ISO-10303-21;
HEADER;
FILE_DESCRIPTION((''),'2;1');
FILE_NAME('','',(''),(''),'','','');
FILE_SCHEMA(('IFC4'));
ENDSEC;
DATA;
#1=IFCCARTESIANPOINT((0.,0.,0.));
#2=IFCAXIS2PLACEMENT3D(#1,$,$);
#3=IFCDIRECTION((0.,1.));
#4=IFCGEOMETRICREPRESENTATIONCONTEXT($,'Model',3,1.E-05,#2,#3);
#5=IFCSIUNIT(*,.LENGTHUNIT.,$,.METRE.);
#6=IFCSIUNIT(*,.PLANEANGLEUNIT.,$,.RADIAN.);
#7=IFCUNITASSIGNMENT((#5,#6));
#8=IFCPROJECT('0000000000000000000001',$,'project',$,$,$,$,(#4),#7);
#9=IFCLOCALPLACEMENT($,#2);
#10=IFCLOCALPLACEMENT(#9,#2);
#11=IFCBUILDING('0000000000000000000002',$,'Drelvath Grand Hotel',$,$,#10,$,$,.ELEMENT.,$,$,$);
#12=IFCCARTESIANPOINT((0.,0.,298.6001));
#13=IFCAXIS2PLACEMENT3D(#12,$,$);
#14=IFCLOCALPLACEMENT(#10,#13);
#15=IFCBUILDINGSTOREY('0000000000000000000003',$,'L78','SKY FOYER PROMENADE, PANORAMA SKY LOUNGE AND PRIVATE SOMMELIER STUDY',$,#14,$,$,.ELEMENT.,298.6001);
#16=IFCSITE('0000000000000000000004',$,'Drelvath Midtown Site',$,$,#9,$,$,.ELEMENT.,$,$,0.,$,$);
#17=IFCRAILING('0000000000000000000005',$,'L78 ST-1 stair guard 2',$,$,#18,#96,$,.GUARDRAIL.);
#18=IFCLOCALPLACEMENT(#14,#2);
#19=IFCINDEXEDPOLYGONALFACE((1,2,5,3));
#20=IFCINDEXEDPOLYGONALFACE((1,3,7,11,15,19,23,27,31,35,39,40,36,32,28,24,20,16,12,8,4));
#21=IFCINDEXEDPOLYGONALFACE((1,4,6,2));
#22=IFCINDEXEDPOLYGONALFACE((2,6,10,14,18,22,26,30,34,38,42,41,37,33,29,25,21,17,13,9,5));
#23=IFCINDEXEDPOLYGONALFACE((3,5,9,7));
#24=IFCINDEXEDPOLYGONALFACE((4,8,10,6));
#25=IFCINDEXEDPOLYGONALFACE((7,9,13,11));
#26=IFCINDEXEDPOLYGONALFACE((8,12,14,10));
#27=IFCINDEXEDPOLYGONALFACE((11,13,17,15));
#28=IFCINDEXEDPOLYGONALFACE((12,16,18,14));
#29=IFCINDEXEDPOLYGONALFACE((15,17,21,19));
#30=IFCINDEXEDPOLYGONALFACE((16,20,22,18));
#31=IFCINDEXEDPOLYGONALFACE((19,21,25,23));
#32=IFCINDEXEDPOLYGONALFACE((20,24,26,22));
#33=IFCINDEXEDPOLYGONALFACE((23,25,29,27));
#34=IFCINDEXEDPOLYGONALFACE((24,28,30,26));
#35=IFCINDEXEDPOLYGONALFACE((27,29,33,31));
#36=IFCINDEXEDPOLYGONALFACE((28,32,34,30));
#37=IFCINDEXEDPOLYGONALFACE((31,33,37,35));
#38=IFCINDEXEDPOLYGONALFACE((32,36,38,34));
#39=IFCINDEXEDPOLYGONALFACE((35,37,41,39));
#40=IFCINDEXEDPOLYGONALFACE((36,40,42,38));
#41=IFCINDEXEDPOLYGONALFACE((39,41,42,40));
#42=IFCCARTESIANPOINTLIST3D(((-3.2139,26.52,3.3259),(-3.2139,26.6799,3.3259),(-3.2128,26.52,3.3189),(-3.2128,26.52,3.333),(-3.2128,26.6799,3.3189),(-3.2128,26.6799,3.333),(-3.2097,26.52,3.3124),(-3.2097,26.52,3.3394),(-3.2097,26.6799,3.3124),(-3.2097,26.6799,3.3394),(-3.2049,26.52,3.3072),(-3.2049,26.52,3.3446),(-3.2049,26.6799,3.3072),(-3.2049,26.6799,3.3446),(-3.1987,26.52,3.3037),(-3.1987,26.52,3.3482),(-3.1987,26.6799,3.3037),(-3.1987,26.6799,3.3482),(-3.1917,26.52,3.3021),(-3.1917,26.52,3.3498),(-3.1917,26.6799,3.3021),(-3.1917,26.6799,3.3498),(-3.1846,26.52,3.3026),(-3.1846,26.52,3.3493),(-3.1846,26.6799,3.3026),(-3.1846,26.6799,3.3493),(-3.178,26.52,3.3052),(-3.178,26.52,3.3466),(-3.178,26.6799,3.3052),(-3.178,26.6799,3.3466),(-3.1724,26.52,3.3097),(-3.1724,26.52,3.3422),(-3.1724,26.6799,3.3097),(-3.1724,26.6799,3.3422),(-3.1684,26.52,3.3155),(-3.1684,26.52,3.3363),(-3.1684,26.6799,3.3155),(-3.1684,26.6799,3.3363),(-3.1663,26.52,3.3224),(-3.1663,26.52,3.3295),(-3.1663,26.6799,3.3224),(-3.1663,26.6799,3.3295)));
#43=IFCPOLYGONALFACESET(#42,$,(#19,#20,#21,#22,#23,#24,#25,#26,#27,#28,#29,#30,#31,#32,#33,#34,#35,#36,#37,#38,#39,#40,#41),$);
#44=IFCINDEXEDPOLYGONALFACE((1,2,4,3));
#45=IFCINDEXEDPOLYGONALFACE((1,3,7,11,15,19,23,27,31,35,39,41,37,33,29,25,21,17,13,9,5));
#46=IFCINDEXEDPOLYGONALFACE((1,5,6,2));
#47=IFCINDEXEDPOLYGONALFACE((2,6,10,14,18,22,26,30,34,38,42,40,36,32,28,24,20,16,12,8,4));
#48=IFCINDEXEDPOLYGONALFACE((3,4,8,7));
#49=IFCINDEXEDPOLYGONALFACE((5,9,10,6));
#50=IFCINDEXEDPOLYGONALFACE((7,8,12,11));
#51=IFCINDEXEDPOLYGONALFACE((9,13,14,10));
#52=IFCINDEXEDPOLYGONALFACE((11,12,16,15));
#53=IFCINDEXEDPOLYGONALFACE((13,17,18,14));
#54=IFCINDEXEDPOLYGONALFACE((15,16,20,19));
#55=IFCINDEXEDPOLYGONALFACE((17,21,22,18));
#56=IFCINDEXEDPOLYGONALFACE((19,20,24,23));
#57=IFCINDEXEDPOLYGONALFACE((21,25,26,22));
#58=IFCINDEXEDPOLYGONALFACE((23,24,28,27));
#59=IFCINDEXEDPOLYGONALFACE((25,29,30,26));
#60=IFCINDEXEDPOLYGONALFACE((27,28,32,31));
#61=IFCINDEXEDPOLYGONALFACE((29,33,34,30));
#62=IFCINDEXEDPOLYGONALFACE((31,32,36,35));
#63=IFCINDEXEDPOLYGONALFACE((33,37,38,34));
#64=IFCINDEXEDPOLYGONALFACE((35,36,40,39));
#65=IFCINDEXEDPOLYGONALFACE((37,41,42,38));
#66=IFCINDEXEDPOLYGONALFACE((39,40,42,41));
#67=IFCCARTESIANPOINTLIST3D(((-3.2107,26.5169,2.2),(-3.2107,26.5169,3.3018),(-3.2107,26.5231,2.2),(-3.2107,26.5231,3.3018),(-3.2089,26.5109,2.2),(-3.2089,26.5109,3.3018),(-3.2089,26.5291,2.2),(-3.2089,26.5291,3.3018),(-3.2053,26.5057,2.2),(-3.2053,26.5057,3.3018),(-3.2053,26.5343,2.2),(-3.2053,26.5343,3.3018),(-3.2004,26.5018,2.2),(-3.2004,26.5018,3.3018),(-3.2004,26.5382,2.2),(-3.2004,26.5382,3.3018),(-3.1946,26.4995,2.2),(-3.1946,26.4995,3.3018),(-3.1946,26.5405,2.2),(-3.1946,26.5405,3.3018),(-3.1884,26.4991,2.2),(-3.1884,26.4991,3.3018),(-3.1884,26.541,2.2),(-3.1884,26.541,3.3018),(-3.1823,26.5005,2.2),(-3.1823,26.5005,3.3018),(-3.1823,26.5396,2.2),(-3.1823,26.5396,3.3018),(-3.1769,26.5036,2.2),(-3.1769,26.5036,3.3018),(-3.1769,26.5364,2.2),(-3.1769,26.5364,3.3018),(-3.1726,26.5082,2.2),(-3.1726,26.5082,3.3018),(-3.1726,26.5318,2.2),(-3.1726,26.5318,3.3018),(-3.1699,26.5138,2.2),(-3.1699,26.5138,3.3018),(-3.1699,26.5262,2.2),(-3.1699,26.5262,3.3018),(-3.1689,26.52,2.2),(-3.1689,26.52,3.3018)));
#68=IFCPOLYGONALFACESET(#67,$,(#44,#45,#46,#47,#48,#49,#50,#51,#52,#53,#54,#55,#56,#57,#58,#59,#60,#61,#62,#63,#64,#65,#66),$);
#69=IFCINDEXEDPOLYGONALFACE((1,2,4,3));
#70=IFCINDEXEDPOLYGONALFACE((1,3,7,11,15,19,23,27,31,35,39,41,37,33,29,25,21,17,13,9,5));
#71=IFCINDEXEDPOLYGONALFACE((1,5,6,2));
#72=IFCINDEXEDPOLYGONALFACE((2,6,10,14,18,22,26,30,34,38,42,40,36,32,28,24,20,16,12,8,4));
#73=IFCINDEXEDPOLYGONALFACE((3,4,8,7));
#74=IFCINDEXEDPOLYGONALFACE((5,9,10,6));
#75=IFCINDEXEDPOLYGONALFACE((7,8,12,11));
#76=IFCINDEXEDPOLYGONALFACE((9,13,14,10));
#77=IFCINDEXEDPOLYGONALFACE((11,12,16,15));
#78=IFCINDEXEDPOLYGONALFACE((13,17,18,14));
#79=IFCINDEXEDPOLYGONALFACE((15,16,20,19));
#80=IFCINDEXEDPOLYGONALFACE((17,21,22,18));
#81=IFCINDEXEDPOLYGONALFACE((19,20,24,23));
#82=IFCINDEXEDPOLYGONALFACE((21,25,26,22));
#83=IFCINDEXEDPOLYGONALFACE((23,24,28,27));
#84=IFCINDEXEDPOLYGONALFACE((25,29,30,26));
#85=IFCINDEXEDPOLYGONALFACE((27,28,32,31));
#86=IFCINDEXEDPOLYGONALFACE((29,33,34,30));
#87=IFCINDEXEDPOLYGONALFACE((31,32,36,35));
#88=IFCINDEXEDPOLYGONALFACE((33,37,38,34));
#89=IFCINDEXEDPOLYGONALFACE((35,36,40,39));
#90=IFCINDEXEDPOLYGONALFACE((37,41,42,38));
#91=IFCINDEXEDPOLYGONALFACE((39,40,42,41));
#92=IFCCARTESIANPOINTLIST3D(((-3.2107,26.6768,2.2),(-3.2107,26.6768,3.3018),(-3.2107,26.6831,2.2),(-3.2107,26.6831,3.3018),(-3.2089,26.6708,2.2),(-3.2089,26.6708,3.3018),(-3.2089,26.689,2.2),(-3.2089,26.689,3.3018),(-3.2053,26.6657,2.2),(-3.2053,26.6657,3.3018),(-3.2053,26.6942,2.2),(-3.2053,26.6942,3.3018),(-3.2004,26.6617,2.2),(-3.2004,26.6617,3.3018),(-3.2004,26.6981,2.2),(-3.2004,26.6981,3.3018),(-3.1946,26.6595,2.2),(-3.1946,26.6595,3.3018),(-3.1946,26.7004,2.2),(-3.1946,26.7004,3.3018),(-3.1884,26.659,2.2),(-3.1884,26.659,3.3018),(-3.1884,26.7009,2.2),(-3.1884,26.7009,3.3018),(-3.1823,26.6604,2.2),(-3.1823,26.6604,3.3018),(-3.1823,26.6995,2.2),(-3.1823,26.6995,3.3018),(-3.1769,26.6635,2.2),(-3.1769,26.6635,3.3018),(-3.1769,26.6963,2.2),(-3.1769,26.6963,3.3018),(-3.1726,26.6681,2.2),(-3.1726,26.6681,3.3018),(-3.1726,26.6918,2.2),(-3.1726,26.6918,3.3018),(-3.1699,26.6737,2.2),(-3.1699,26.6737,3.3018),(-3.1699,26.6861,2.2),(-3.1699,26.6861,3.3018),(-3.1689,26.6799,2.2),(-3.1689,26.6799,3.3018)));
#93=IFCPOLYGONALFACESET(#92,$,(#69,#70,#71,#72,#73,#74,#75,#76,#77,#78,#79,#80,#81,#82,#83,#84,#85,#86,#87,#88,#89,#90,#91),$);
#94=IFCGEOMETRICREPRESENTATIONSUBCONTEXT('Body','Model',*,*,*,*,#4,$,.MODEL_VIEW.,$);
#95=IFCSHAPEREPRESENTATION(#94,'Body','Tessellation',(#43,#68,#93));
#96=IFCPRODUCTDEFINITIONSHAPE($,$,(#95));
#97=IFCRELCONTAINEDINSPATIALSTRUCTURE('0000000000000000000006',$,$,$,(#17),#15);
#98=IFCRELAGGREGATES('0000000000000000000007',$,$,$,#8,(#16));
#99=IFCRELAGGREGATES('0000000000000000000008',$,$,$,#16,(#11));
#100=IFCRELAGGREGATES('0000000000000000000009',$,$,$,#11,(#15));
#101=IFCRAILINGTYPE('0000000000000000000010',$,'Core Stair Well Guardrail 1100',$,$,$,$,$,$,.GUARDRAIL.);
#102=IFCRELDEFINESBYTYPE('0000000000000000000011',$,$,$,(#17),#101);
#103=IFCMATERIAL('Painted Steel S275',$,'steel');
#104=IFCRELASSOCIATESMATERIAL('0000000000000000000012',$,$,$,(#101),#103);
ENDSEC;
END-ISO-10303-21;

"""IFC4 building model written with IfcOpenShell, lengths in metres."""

from ifc_helpers import new_model, si_unit, direction, frame, origin, origin_2d, place, context, subcontext, project, spatial, circle, extrude, material, type_object, element, save


model = new_model("IFC4")

# Units and contexts
model_context = context("Model", 3, precision=1e-05, world=origin(), true_north=direction((0.0, 1.0)))
body_context = subcontext(model_context, "Body", "Model", "MODEL_VIEW")
ifc_project = project(units=[si_unit("LENGTHUNIT", "METRE"), si_unit("PLANEANGLEUNIT", "RADIAN")], contexts=[model_context])

# Site, building, storey
site_placement = place(None, origin())
site = spatial("IfcSite", under=ifc_project, at=site_placement, Name="Drelvath Midtown Site", CompositionType="ELEMENT", RefElevation=0.0)
building_placement = place(site_placement, origin())
building = spatial("IfcBuilding", under=site, at=building_placement, Name="Drelvath Grand Hotel", CompositionType="ELEMENT")
storey_placement = place(building_placement, frame((0.0, 0.0, 298.6001)))
storey = spatial("IfcBuildingStorey", under=building, at=storey_placement, Name="L78", Description="SKY FOYER PROMENADE, PANORAMA SKY LOUNGE AND PRIVATE SOMMELIER STUDY", CompositionType="ELEMENT", Elevation=298.6001)

# Shared definitions
ifc_material_1 = material(Name="Painted Steel S275", Category="steel")

# Railing
railing_type_1 = type_object("IfcRailingType", Name="Core Stair Well Guardrail 1100", PredefinedType="GUARDRAIL", material=ifc_material_1)
railing_1_placement = place(storey_placement, frame((-3.1899, 26.52, 2.2)))
element("IfcRailing", 1, at=railing_1_placement, inside=storey, type_object=railing_type_1, Name="L78 ST-1 stair guard 2", PredefinedType="GUARDRAIL", context=body_context, shape_type="SweptSolid", body=[
    extrude(circle(Radius=0.0239, at=origin_2d()), frame((0.0, 0.0, 1.126), z_axis=(0.0, 1.0, 0.0), x_axis=(-1.0, 0.0, 0.0)), (0.0, 0.0, 1.0), 0.1599),
    extrude(circle(Radius=0.021, at=origin_2d()), origin(), (0.0, 0.0, 1.0), 1.1018),
    extrude(circle(Radius=0.021, at=origin_2d()), frame((0.0, 0.1599, 0.0)), (0.0, 0.0, 1.0), 1.1018),
])

save(model, "model.ifc")
